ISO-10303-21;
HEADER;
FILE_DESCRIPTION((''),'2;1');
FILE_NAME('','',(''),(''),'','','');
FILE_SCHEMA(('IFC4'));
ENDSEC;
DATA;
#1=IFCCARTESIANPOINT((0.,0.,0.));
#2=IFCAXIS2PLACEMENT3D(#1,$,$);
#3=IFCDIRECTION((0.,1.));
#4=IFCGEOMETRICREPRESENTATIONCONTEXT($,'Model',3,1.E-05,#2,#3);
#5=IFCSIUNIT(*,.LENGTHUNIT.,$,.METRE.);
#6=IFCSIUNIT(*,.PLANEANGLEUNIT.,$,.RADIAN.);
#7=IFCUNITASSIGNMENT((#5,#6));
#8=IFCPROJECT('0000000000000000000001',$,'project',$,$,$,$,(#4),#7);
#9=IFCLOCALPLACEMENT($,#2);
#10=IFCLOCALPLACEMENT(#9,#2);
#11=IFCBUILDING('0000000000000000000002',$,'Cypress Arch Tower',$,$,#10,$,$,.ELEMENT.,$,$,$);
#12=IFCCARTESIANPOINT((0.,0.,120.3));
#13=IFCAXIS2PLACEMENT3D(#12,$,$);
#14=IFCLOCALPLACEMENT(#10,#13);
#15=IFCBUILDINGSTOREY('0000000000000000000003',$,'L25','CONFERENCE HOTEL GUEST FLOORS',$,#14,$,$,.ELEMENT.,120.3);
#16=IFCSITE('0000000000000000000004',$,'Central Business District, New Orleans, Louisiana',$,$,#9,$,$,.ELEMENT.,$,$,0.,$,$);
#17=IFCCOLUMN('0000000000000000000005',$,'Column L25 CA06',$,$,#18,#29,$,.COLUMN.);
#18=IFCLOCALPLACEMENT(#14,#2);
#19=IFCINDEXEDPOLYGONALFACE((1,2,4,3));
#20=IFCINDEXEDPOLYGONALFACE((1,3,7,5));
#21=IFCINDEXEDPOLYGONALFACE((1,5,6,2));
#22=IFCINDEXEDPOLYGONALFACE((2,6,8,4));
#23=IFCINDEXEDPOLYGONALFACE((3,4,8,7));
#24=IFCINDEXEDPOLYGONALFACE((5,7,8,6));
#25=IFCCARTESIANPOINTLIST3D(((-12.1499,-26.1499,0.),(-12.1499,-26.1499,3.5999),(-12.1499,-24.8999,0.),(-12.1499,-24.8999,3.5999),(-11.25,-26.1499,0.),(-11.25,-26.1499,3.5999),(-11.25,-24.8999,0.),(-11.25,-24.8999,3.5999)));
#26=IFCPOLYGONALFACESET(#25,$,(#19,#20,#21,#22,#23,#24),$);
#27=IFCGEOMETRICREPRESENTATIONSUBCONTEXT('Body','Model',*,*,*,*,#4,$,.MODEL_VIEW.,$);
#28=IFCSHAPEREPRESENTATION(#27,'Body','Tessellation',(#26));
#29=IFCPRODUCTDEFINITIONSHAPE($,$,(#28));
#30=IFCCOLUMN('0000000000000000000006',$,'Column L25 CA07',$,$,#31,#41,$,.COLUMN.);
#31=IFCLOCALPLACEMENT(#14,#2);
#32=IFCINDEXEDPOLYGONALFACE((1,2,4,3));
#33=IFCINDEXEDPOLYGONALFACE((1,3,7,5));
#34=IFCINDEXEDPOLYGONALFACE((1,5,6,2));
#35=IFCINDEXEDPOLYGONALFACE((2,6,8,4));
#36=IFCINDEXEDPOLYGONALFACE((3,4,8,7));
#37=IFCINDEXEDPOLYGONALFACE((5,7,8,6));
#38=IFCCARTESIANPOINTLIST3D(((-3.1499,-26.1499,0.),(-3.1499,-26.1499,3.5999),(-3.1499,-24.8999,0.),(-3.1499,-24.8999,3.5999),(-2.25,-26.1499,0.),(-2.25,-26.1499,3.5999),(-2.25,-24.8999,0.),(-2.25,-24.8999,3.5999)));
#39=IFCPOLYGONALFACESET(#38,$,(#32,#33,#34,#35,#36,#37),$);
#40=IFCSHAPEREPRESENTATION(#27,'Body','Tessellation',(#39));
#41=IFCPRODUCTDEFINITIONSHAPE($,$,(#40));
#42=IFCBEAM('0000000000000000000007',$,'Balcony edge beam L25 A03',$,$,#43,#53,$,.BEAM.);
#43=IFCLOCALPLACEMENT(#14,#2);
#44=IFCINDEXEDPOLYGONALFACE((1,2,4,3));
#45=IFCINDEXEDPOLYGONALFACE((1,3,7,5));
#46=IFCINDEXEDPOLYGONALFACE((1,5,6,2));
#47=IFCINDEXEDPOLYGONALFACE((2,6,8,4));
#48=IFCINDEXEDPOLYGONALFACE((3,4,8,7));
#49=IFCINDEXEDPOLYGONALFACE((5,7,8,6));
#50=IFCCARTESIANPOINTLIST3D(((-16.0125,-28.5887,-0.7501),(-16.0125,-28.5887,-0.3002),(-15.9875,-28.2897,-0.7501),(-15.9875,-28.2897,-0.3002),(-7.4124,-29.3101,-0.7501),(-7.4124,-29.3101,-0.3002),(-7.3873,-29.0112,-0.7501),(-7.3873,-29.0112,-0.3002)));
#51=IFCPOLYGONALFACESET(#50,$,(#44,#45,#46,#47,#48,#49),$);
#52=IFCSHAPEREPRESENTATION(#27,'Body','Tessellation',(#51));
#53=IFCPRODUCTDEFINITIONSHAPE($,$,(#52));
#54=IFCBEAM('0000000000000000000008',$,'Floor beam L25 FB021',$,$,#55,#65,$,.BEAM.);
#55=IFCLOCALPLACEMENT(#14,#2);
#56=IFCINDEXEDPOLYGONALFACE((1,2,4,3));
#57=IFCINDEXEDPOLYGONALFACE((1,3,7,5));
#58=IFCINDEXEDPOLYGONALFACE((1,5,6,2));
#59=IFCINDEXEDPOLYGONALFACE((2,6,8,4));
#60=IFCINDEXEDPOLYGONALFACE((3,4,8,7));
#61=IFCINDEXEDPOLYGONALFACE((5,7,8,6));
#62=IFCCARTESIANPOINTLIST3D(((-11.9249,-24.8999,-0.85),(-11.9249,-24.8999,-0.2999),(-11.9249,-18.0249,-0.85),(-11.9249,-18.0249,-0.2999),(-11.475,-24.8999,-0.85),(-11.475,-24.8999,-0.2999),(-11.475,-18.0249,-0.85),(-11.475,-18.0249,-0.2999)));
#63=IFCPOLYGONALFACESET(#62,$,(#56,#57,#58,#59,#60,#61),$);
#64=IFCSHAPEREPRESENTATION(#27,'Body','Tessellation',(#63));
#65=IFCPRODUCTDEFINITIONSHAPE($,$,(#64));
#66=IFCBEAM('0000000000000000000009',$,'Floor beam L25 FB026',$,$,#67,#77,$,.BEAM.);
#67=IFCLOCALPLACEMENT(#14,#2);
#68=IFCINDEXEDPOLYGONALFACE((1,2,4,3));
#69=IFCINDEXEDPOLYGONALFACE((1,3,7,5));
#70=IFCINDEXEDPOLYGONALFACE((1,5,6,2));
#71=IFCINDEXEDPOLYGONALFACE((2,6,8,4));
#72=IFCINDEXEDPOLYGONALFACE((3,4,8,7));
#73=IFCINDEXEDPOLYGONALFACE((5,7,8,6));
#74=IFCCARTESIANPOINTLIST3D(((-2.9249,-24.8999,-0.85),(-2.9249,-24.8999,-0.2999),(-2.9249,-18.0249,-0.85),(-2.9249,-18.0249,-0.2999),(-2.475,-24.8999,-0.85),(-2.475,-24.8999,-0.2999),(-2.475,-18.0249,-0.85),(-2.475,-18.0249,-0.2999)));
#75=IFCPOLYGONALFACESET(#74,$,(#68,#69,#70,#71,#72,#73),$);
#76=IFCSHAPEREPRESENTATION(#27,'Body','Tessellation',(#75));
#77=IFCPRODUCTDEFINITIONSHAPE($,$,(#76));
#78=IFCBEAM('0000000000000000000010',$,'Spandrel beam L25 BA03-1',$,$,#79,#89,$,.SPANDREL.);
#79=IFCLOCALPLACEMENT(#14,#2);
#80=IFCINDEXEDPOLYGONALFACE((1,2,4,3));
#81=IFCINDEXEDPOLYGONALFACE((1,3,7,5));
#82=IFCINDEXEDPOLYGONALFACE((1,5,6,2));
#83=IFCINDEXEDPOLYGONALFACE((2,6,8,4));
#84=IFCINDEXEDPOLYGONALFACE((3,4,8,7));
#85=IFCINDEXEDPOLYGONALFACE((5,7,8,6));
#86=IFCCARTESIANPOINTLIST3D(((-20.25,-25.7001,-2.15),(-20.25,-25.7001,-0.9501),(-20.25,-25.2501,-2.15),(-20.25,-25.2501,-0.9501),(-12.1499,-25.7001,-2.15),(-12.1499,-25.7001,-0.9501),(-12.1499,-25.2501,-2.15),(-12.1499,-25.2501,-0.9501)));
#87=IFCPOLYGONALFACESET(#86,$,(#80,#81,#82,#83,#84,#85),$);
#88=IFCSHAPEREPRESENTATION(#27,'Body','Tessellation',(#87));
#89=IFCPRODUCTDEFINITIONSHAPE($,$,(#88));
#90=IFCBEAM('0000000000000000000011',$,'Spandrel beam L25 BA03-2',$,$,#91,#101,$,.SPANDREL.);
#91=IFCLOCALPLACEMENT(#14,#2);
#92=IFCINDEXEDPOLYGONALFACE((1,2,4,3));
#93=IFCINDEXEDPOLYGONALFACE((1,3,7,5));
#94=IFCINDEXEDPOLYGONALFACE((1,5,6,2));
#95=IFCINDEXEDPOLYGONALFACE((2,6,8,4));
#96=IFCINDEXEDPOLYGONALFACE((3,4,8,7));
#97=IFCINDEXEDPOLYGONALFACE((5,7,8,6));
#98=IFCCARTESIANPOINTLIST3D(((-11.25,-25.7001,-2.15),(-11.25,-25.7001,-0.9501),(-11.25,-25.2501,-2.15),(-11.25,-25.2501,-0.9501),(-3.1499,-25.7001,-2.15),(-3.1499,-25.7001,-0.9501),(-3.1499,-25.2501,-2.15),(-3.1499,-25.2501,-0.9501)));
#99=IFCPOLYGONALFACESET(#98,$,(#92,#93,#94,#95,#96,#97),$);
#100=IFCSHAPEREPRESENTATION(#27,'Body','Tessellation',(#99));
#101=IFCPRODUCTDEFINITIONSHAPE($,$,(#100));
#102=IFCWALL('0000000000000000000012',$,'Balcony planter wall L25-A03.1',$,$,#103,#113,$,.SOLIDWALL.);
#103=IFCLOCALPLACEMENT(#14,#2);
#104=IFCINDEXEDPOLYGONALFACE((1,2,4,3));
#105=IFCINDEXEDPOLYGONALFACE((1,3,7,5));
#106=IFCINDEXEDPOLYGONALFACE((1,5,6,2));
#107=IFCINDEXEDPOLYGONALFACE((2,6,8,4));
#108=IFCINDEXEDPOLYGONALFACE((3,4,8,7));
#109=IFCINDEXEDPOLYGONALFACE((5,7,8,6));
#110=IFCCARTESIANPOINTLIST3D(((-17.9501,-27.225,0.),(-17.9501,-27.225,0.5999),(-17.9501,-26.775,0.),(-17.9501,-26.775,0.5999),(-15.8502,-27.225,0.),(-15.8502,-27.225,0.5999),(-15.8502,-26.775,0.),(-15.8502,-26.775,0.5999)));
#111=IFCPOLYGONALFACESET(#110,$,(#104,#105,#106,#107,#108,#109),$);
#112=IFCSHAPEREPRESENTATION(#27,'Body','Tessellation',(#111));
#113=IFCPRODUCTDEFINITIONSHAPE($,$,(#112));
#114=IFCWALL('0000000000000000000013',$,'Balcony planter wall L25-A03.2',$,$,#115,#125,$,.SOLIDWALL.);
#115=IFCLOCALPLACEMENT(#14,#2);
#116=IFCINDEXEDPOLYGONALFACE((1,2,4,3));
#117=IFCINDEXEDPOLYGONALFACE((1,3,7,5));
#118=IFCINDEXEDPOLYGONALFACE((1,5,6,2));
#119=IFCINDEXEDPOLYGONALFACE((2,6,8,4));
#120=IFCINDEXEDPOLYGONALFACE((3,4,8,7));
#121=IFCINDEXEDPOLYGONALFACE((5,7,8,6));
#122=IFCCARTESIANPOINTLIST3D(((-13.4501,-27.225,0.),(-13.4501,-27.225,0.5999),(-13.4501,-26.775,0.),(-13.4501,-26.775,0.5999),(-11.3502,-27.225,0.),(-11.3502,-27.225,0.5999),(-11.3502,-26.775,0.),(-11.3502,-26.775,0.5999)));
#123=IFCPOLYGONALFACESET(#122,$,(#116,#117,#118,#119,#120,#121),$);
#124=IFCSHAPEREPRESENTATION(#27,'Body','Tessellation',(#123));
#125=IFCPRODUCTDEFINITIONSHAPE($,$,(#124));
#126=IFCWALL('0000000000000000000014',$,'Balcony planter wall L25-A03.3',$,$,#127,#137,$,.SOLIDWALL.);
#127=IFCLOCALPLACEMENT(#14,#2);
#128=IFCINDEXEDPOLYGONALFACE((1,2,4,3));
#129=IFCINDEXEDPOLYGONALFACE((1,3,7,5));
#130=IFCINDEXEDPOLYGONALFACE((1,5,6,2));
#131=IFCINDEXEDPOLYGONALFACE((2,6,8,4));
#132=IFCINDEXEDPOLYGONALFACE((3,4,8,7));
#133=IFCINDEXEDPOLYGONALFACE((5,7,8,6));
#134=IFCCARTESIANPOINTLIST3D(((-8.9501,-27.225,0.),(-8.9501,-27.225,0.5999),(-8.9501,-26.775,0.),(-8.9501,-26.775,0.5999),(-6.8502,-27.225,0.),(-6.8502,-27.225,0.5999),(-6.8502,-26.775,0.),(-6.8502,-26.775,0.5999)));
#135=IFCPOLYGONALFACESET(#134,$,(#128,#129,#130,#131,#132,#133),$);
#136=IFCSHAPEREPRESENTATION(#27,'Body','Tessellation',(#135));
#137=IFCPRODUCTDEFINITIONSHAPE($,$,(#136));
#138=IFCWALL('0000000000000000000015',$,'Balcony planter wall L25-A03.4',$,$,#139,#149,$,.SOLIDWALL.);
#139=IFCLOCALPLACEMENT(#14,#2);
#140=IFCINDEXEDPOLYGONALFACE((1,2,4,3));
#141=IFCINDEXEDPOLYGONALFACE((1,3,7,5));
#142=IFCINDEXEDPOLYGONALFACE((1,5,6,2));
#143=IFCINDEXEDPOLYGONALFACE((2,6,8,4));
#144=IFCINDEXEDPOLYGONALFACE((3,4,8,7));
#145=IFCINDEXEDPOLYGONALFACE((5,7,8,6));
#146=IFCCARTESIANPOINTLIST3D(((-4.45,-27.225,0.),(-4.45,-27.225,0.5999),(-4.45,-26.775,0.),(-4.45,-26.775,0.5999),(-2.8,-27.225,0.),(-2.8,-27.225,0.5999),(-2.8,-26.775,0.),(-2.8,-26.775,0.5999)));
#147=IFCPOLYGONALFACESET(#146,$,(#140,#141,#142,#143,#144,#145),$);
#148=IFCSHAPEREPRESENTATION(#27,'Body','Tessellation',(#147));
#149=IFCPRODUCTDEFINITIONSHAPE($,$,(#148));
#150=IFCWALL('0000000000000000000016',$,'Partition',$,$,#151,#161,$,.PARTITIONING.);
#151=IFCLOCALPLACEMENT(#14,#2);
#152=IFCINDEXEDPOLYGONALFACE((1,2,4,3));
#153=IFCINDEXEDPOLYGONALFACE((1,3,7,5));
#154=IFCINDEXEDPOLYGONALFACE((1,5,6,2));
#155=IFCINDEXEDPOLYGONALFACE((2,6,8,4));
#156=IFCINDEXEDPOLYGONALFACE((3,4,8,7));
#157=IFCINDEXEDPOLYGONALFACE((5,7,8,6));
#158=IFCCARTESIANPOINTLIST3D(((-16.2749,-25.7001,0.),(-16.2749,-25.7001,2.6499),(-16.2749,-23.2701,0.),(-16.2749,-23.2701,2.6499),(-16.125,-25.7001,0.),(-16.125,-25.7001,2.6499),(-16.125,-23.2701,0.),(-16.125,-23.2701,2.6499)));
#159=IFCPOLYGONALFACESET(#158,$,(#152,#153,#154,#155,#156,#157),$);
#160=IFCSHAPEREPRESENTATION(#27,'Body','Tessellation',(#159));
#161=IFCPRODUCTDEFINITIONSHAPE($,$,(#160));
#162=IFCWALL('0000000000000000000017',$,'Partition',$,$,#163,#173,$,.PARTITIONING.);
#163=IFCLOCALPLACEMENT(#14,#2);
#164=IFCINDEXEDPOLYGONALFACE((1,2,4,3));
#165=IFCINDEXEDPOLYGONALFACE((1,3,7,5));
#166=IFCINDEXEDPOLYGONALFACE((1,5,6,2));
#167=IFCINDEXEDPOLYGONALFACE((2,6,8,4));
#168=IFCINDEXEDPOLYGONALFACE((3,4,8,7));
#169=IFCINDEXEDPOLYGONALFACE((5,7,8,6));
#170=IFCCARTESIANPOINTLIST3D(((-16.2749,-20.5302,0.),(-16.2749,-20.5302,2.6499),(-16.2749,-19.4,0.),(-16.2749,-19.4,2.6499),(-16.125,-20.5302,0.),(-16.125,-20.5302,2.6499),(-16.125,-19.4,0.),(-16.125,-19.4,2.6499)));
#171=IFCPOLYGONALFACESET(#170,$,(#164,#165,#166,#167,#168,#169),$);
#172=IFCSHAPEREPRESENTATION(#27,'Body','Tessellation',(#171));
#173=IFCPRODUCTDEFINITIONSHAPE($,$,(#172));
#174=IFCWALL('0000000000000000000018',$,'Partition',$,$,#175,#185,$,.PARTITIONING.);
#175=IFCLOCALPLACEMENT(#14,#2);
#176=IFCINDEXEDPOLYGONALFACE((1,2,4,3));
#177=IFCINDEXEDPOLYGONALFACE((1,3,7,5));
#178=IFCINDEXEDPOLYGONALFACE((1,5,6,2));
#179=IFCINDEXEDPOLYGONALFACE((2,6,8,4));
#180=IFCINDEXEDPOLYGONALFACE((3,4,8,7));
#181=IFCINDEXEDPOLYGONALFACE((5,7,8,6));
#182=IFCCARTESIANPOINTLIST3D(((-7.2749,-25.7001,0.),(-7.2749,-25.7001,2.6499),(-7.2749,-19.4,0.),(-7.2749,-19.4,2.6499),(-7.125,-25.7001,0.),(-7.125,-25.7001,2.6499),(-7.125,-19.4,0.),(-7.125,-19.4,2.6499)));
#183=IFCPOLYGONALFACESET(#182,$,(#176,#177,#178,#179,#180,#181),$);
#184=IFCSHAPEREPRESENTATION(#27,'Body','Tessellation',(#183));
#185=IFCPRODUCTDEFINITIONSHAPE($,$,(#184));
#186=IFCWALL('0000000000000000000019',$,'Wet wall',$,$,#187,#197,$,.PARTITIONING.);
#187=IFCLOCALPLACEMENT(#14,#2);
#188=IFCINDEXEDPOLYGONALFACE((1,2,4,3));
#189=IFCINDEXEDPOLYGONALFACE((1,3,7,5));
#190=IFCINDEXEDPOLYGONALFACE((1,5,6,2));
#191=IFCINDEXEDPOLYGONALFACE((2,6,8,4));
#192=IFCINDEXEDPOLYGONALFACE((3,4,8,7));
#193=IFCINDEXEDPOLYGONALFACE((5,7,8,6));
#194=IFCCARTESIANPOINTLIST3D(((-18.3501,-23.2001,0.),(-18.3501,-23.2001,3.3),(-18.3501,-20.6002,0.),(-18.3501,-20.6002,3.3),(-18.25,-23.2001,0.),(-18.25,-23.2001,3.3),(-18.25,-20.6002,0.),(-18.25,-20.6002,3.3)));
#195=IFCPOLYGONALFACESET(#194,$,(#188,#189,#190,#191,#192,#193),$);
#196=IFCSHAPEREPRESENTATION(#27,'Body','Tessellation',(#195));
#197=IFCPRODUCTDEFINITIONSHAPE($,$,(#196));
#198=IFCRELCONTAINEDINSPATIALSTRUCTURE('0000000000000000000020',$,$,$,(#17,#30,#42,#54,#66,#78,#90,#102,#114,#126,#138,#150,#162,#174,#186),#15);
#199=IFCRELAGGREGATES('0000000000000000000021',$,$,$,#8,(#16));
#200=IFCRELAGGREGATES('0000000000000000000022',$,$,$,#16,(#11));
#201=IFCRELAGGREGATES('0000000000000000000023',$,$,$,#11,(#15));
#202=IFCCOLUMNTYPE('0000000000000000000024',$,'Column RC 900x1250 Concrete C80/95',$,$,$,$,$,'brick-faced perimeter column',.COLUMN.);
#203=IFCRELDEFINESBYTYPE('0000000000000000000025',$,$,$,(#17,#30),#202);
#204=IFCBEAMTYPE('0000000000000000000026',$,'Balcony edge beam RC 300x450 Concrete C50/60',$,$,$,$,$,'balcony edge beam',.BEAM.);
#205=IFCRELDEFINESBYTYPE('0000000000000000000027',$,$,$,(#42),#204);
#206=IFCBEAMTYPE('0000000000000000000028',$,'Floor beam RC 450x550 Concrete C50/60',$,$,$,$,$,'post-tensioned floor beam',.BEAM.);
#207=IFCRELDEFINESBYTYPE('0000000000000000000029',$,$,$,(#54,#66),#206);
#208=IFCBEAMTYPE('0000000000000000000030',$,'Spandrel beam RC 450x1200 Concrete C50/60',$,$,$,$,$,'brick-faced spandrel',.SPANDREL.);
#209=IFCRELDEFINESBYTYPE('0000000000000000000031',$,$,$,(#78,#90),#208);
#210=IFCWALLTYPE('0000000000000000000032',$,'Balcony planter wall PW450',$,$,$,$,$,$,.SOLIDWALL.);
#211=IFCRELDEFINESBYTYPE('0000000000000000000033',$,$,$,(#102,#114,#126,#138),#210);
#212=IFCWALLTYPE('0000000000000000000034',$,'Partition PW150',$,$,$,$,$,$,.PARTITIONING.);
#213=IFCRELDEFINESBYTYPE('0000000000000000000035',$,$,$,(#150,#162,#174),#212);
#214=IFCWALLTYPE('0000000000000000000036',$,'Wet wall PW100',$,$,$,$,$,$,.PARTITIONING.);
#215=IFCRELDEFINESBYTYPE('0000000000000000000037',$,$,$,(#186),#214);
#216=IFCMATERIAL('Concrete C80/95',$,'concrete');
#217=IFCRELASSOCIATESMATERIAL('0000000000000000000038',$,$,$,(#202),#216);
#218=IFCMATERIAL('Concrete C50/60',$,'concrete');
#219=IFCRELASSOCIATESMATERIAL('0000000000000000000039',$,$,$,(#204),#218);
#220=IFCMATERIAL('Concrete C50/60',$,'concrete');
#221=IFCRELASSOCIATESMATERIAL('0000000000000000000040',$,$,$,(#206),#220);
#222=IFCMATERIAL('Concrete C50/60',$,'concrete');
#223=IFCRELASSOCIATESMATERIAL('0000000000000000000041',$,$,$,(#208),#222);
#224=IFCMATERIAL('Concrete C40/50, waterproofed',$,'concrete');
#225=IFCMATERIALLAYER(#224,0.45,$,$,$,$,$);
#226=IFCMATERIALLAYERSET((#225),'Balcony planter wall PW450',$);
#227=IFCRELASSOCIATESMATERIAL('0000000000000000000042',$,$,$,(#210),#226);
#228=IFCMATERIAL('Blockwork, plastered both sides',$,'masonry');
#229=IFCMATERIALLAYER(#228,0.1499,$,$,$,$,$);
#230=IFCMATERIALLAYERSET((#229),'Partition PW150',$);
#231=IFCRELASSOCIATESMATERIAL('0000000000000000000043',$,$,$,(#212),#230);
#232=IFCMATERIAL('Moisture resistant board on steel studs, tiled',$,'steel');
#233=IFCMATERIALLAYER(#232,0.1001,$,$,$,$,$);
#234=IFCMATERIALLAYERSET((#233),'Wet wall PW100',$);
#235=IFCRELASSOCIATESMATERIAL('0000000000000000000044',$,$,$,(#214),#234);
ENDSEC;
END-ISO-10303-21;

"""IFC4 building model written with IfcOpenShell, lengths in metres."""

from ifc_helpers import new_model, si_unit, direction, frame, frame_2d, origin, origin_2d, place, context, subcontext, project, spatial, rectangle, extrude, material, layer, layer_set, material_profile, profile_set, type_object, element, save


model = new_model("IFC4")

# Units and contexts
model_context = context("Model", 3, precision=1e-05, world=origin(), true_north=direction((0.0, 1.0)))
body_context = subcontext(model_context, "Body", "Model", "MODEL_VIEW")
ifc_project = project(units=[si_unit("LENGTHUNIT", "METRE"), si_unit("PLANEANGLEUNIT", "RADIAN")], contexts=[model_context])

# Site, building, storey
site_placement = place(None, origin())
site = spatial("IfcSite", under=ifc_project, at=site_placement, Name="Central Business District, New Orleans, Louisiana", CompositionType="ELEMENT", RefElevation=0.0)
building_placement = place(site_placement, origin())
building = spatial("IfcBuilding", under=site, at=building_placement, Name="Cypress Arch Tower", CompositionType="ELEMENT")
storey_placement = place(building_placement, frame((0.0, 0.0, 120.3)))
storey = spatial("IfcBuildingStorey", under=building, at=storey_placement, Name="L25", Description="CONFERENCE HOTEL GUEST FLOORS", CompositionType="ELEMENT", Elevation=120.3)

# Columns
ifc_material_1 = material(Name="Concrete C80/95", Category="concrete")
ifc_material_profile_1 = material_profile(ifc_material_1, rectangle(XDim=0.8999, YDim=1.25, at=origin_2d()), Name="RC 900x1250")
ifc_profile_set_1 = profile_set([ifc_material_profile_1], Name="Concrete C80/95")
column_type = type_object("IfcColumnType", Name="Column RC 900x1250 Concrete C80/95", ElementType="brick-faced perimeter column", PredefinedType="COLUMN", material=ifc_profile_set_1)
for number, where, z_axis, x_axis, name in (
    (1, (-11.7, -25.5249, 0.0), (0.0, 0.0, 1.0), (1.0, 0.0, 0.0), "Column L25 CA06"),
    (2, (-2.7, -25.5249, 0.0), (0.0, 0.0, 1.0), (1.0, 0.0, 0.0), "Column L25 CA07"),
):
    element("IfcColumn", number, at=place(storey_placement, frame(where, z_axis=z_axis, x_axis=x_axis)), inside=storey, type_object=column_type, Name=name, PredefinedType="COLUMN", context=body_context, shape_type="SweptSolid", body=[
        extrude(rectangle(XDim=0.8999, YDim=1.25, at=origin_2d()), origin(), (0.0, 0.0, 1.0), 3.5999),
    ])

# Beams
ifc_material_2 = material(Name="Concrete C50/60", Category="concrete")
ifc_material_profile_2 = material_profile(ifc_material_2, rectangle(XDim=0.3, YDim=0.45, at=origin_2d()), Name="RC 300x450")
ifc_profile_set_2 = profile_set([ifc_material_profile_2], Name="Concrete C50/60")
beam_type_1 = type_object("IfcBeamType", Name="Balcony edge beam RC 300x450 Concrete C50/60", ElementType="balcony edge beam", PredefinedType="BEAM", material=ifc_profile_set_2)
beam_placement = place(storey_placement, frame((-16.0, -28.4392, -0.5251), z_axis=(0.9965, -0.083593, 0.0), x_axis=(0.083593, 0.9965, 0.0)))
element("IfcBeam", 3, at=beam_placement, inside=storey, type_object=beam_type_1, Name="Balcony edge beam L25 A03", PredefinedType="BEAM", context=body_context, shape_type="SweptSolid", body=[
    extrude(rectangle(XDim=0.3, YDim=0.45, at=origin_2d()), origin(), (0.0, 0.0, 1.0), 8.6304),
])
ifc_material_3 = material(Name="Concrete C50/60", Category="concrete")
ifc_material_profile_3 = material_profile(ifc_material_3, rectangle(XDim=0.45, YDim=0.55, at=origin_2d()), Name="RC 450x550")
ifc_profile_set_3 = profile_set([ifc_material_profile_3], Name="Concrete C50/60")
beam_type_2 = type_object("IfcBeamType", Name="Floor beam RC 450x550 Concrete C50/60", ElementType="post-tensioned floor beam", PredefinedType="BEAM", material=ifc_profile_set_3)
for number, where, z_axis, x_axis, name in (
    (4, (-11.7, -24.8999, -0.575), (0.0, 1.0, 0.0), (-1.0, 0.0, 0.0), "Floor beam L25 FB021"),
    (5, (-2.7, -24.8999, -0.575), (0.0, 1.0, 0.0), (-1.0, 0.0, 0.0), "Floor beam L25 FB026"),
):
    element("IfcBeam", number, at=place(storey_placement, frame(where, z_axis=z_axis, x_axis=x_axis)), inside=storey, type_object=beam_type_2, Name=name, PredefinedType="BEAM", context=body_context, shape_type="SweptSolid", body=[
        extrude(rectangle(XDim=0.45, YDim=0.55, at=origin_2d()), origin(), (0.0, 0.0, 1.0), 6.875),
    ])
ifc_material_4 = material(Name="Concrete C50/60", Category="concrete")
ifc_material_profile_4 = material_profile(ifc_material_4, rectangle(XDim=0.45, YDim=1.2, at=origin_2d()), Name="RC 450x1200")
ifc_profile_set_4 = profile_set([ifc_material_profile_4], Name="Concrete C50/60")
beam_type_3 = type_object("IfcBeamType", Name="Spandrel beam RC 450x1200 Concrete C50/60", ElementType="brick-faced spandrel", PredefinedType="SPANDREL", material=ifc_profile_set_4)
for number, where, z_axis, x_axis, name in (
    (6, (-20.25, -25.4751, -1.55), (1.0, 0.0, 0.0), (0.0, 1.0, 0.0), "Spandrel beam L25 BA03-1"),
    (7, (-11.25, -25.4751, -1.55), (1.0, 0.0, 0.0), (0.0, 1.0, 0.0), "Spandrel beam L25 BA03-2"),
):
    element("IfcBeam", number, at=place(storey_placement, frame(where, z_axis=z_axis, x_axis=x_axis)), inside=storey, type_object=beam_type_3, Name=name, PredefinedType="SPANDREL", context=body_context, shape_type="SweptSolid", body=[
        extrude(rectangle(XDim=0.45, YDim=1.2, at=origin_2d()), origin(), (0.0, 0.0, 1.0), 8.1001),
    ])

# Walls
ifc_material_5 = material(Name="Concrete C40/50, waterproofed", Category="concrete")
ifc_layer_1 = layer(ifc_material_5, 0.45)
ifc_layer_set_1 = layer_set([ifc_layer_1], Name="Balcony planter wall PW450")
wall_type_1 = type_object("IfcWallType", Name="Balcony planter wall PW450", PredefinedType="SOLIDWALL", material=ifc_layer_set_1)
for number, where, z_axis, x_axis, name in (
    (8, (-17.95, -27.0, 0.0), (0.0, 0.0, 1.0), (1.0, 0.0, 0.0), "Balcony planter wall L25-A03.1"),
    (9, (-13.45, -27.0, 0.0), (0.0, 0.0, 1.0), (1.0, 0.0, 0.0), "Balcony planter wall L25-A03.2"),
    (10, (-8.95, -27.0, 0.0), (0.0, 0.0, 1.0), (1.0, 0.0, 0.0), "Balcony planter wall L25-A03.3"),
):
    element("IfcWall", number, at=place(storey_placement, frame(where, z_axis=z_axis, x_axis=x_axis)), inside=storey, type_object=wall_type_1, Name=name, PredefinedType="SOLIDWALL", context=body_context, shape_type="SweptSolid", body=[
        extrude(rectangle(XDim=2.0999, YDim=0.45, at=frame_2d((1.0498, 0.0))), origin(), (0.0, 0.0, 1.0), 0.5999),
    ])
wall_1_placement = place(storey_placement, frame((-4.45, -27.0, 0.0), z_axis=(0.0, 0.0, 1.0), x_axis=(1.0, 0.0, 0.0)))
element("IfcWall", 11, at=wall_1_placement, inside=storey, type_object=wall_type_1, Name="Balcony planter wall L25-A03.4", PredefinedType="SOLIDWALL", context=body_context, shape_type="SweptSolid", body=[
    extrude(rectangle(XDim=1.6499, YDim=0.45, at=frame_2d((0.825, 0.0))), origin(), (0.0, 0.0, 1.0), 0.5999),
])

# Walls
ifc_material_6 = material(Name="Blockwork, plastered both sides", Category="masonry")
ifc_layer_2 = layer(ifc_material_6, 0.1499)
ifc_layer_set_2 = layer_set([ifc_layer_2], Name="Partition PW150")
wall_type_2 = type_object("IfcWallType", Name="Partition PW150", PredefinedType="PARTITIONING", material=ifc_layer_set_2)
wall_2_placement = place(storey_placement, frame((-16.2, -25.7, 0.0), z_axis=(0.0, 0.0, 1.0), x_axis=(0.0, 1.0, 0.0)))
element("IfcWall", 12, at=wall_2_placement, inside=storey, type_object=wall_type_2, Name="Partition", PredefinedType="PARTITIONING", context=body_context, shape_type="SweptSolid", body=[
    extrude(rectangle(XDim=2.4299, YDim=0.1499, at=frame_2d((1.2148, 0.0))), origin(), (0.0, 0.0, 1.0), 2.6499),
])
wall_3_placement = place(storey_placement, frame((-16.2, -20.53, 0.0), z_axis=(0.0, 0.0, 1.0), x_axis=(0.0, 1.0, 0.0)))
element("IfcWall", 13, at=wall_3_placement, inside=storey, type_object=wall_type_2, Name="Partition", PredefinedType="PARTITIONING", context=body_context, shape_type="SweptSolid", body=[
    extrude(rectangle(XDim=1.1301, YDim=0.1499, at=frame_2d((0.5649, 0.0))), origin(), (0.0, 0.0, 1.0), 2.6499),
])
wall_4_placement = place(storey_placement, frame((-7.2, -25.7, 0.0), z_axis=(0.0, 0.0, 1.0), x_axis=(0.0, 1.0, 0.0)))
element("IfcWall", 14, at=wall_4_placement, inside=storey, type_object=wall_type_2, Name="Partition", PredefinedType="PARTITIONING", context=body_context, shape_type="SweptSolid", body=[
    extrude(rectangle(XDim=6.3, YDim=0.1499, at=frame_2d((3.1499, 0.0))), origin(), (0.0, 0.0, 1.0), 2.6499),
])
ifc_material_7 = material(Name="Moisture resistant board on steel studs, tiled", Category="steel")
ifc_layer_3 = layer(ifc_material_7, 0.1001)
ifc_layer_set_3 = layer_set([ifc_layer_3], Name="Wet wall PW100")
wall_type_3 = type_object("IfcWallType", Name="Wet wall PW100", PredefinedType="PARTITIONING", material=ifc_layer_set_3)
wall_5_placement = place(storey_placement, frame((-18.3, -23.2, 0.0), z_axis=(0.0, 0.0, 1.0), x_axis=(0.0, 1.0, 0.0)))
element("IfcWall", 15, at=wall_5_placement, inside=storey, type_object=wall_type_3, Name="Wet wall", PredefinedType="PARTITIONING", context=body_context, shape_type="SweptSolid", body=[
    extrude(rectangle(XDim=2.5999, YDim=0.1001, at=frame_2d((1.2998, 0.0))), origin(), (0.0, 0.0, 1.0), 3.3),
])

save(model, "model.ifc")
